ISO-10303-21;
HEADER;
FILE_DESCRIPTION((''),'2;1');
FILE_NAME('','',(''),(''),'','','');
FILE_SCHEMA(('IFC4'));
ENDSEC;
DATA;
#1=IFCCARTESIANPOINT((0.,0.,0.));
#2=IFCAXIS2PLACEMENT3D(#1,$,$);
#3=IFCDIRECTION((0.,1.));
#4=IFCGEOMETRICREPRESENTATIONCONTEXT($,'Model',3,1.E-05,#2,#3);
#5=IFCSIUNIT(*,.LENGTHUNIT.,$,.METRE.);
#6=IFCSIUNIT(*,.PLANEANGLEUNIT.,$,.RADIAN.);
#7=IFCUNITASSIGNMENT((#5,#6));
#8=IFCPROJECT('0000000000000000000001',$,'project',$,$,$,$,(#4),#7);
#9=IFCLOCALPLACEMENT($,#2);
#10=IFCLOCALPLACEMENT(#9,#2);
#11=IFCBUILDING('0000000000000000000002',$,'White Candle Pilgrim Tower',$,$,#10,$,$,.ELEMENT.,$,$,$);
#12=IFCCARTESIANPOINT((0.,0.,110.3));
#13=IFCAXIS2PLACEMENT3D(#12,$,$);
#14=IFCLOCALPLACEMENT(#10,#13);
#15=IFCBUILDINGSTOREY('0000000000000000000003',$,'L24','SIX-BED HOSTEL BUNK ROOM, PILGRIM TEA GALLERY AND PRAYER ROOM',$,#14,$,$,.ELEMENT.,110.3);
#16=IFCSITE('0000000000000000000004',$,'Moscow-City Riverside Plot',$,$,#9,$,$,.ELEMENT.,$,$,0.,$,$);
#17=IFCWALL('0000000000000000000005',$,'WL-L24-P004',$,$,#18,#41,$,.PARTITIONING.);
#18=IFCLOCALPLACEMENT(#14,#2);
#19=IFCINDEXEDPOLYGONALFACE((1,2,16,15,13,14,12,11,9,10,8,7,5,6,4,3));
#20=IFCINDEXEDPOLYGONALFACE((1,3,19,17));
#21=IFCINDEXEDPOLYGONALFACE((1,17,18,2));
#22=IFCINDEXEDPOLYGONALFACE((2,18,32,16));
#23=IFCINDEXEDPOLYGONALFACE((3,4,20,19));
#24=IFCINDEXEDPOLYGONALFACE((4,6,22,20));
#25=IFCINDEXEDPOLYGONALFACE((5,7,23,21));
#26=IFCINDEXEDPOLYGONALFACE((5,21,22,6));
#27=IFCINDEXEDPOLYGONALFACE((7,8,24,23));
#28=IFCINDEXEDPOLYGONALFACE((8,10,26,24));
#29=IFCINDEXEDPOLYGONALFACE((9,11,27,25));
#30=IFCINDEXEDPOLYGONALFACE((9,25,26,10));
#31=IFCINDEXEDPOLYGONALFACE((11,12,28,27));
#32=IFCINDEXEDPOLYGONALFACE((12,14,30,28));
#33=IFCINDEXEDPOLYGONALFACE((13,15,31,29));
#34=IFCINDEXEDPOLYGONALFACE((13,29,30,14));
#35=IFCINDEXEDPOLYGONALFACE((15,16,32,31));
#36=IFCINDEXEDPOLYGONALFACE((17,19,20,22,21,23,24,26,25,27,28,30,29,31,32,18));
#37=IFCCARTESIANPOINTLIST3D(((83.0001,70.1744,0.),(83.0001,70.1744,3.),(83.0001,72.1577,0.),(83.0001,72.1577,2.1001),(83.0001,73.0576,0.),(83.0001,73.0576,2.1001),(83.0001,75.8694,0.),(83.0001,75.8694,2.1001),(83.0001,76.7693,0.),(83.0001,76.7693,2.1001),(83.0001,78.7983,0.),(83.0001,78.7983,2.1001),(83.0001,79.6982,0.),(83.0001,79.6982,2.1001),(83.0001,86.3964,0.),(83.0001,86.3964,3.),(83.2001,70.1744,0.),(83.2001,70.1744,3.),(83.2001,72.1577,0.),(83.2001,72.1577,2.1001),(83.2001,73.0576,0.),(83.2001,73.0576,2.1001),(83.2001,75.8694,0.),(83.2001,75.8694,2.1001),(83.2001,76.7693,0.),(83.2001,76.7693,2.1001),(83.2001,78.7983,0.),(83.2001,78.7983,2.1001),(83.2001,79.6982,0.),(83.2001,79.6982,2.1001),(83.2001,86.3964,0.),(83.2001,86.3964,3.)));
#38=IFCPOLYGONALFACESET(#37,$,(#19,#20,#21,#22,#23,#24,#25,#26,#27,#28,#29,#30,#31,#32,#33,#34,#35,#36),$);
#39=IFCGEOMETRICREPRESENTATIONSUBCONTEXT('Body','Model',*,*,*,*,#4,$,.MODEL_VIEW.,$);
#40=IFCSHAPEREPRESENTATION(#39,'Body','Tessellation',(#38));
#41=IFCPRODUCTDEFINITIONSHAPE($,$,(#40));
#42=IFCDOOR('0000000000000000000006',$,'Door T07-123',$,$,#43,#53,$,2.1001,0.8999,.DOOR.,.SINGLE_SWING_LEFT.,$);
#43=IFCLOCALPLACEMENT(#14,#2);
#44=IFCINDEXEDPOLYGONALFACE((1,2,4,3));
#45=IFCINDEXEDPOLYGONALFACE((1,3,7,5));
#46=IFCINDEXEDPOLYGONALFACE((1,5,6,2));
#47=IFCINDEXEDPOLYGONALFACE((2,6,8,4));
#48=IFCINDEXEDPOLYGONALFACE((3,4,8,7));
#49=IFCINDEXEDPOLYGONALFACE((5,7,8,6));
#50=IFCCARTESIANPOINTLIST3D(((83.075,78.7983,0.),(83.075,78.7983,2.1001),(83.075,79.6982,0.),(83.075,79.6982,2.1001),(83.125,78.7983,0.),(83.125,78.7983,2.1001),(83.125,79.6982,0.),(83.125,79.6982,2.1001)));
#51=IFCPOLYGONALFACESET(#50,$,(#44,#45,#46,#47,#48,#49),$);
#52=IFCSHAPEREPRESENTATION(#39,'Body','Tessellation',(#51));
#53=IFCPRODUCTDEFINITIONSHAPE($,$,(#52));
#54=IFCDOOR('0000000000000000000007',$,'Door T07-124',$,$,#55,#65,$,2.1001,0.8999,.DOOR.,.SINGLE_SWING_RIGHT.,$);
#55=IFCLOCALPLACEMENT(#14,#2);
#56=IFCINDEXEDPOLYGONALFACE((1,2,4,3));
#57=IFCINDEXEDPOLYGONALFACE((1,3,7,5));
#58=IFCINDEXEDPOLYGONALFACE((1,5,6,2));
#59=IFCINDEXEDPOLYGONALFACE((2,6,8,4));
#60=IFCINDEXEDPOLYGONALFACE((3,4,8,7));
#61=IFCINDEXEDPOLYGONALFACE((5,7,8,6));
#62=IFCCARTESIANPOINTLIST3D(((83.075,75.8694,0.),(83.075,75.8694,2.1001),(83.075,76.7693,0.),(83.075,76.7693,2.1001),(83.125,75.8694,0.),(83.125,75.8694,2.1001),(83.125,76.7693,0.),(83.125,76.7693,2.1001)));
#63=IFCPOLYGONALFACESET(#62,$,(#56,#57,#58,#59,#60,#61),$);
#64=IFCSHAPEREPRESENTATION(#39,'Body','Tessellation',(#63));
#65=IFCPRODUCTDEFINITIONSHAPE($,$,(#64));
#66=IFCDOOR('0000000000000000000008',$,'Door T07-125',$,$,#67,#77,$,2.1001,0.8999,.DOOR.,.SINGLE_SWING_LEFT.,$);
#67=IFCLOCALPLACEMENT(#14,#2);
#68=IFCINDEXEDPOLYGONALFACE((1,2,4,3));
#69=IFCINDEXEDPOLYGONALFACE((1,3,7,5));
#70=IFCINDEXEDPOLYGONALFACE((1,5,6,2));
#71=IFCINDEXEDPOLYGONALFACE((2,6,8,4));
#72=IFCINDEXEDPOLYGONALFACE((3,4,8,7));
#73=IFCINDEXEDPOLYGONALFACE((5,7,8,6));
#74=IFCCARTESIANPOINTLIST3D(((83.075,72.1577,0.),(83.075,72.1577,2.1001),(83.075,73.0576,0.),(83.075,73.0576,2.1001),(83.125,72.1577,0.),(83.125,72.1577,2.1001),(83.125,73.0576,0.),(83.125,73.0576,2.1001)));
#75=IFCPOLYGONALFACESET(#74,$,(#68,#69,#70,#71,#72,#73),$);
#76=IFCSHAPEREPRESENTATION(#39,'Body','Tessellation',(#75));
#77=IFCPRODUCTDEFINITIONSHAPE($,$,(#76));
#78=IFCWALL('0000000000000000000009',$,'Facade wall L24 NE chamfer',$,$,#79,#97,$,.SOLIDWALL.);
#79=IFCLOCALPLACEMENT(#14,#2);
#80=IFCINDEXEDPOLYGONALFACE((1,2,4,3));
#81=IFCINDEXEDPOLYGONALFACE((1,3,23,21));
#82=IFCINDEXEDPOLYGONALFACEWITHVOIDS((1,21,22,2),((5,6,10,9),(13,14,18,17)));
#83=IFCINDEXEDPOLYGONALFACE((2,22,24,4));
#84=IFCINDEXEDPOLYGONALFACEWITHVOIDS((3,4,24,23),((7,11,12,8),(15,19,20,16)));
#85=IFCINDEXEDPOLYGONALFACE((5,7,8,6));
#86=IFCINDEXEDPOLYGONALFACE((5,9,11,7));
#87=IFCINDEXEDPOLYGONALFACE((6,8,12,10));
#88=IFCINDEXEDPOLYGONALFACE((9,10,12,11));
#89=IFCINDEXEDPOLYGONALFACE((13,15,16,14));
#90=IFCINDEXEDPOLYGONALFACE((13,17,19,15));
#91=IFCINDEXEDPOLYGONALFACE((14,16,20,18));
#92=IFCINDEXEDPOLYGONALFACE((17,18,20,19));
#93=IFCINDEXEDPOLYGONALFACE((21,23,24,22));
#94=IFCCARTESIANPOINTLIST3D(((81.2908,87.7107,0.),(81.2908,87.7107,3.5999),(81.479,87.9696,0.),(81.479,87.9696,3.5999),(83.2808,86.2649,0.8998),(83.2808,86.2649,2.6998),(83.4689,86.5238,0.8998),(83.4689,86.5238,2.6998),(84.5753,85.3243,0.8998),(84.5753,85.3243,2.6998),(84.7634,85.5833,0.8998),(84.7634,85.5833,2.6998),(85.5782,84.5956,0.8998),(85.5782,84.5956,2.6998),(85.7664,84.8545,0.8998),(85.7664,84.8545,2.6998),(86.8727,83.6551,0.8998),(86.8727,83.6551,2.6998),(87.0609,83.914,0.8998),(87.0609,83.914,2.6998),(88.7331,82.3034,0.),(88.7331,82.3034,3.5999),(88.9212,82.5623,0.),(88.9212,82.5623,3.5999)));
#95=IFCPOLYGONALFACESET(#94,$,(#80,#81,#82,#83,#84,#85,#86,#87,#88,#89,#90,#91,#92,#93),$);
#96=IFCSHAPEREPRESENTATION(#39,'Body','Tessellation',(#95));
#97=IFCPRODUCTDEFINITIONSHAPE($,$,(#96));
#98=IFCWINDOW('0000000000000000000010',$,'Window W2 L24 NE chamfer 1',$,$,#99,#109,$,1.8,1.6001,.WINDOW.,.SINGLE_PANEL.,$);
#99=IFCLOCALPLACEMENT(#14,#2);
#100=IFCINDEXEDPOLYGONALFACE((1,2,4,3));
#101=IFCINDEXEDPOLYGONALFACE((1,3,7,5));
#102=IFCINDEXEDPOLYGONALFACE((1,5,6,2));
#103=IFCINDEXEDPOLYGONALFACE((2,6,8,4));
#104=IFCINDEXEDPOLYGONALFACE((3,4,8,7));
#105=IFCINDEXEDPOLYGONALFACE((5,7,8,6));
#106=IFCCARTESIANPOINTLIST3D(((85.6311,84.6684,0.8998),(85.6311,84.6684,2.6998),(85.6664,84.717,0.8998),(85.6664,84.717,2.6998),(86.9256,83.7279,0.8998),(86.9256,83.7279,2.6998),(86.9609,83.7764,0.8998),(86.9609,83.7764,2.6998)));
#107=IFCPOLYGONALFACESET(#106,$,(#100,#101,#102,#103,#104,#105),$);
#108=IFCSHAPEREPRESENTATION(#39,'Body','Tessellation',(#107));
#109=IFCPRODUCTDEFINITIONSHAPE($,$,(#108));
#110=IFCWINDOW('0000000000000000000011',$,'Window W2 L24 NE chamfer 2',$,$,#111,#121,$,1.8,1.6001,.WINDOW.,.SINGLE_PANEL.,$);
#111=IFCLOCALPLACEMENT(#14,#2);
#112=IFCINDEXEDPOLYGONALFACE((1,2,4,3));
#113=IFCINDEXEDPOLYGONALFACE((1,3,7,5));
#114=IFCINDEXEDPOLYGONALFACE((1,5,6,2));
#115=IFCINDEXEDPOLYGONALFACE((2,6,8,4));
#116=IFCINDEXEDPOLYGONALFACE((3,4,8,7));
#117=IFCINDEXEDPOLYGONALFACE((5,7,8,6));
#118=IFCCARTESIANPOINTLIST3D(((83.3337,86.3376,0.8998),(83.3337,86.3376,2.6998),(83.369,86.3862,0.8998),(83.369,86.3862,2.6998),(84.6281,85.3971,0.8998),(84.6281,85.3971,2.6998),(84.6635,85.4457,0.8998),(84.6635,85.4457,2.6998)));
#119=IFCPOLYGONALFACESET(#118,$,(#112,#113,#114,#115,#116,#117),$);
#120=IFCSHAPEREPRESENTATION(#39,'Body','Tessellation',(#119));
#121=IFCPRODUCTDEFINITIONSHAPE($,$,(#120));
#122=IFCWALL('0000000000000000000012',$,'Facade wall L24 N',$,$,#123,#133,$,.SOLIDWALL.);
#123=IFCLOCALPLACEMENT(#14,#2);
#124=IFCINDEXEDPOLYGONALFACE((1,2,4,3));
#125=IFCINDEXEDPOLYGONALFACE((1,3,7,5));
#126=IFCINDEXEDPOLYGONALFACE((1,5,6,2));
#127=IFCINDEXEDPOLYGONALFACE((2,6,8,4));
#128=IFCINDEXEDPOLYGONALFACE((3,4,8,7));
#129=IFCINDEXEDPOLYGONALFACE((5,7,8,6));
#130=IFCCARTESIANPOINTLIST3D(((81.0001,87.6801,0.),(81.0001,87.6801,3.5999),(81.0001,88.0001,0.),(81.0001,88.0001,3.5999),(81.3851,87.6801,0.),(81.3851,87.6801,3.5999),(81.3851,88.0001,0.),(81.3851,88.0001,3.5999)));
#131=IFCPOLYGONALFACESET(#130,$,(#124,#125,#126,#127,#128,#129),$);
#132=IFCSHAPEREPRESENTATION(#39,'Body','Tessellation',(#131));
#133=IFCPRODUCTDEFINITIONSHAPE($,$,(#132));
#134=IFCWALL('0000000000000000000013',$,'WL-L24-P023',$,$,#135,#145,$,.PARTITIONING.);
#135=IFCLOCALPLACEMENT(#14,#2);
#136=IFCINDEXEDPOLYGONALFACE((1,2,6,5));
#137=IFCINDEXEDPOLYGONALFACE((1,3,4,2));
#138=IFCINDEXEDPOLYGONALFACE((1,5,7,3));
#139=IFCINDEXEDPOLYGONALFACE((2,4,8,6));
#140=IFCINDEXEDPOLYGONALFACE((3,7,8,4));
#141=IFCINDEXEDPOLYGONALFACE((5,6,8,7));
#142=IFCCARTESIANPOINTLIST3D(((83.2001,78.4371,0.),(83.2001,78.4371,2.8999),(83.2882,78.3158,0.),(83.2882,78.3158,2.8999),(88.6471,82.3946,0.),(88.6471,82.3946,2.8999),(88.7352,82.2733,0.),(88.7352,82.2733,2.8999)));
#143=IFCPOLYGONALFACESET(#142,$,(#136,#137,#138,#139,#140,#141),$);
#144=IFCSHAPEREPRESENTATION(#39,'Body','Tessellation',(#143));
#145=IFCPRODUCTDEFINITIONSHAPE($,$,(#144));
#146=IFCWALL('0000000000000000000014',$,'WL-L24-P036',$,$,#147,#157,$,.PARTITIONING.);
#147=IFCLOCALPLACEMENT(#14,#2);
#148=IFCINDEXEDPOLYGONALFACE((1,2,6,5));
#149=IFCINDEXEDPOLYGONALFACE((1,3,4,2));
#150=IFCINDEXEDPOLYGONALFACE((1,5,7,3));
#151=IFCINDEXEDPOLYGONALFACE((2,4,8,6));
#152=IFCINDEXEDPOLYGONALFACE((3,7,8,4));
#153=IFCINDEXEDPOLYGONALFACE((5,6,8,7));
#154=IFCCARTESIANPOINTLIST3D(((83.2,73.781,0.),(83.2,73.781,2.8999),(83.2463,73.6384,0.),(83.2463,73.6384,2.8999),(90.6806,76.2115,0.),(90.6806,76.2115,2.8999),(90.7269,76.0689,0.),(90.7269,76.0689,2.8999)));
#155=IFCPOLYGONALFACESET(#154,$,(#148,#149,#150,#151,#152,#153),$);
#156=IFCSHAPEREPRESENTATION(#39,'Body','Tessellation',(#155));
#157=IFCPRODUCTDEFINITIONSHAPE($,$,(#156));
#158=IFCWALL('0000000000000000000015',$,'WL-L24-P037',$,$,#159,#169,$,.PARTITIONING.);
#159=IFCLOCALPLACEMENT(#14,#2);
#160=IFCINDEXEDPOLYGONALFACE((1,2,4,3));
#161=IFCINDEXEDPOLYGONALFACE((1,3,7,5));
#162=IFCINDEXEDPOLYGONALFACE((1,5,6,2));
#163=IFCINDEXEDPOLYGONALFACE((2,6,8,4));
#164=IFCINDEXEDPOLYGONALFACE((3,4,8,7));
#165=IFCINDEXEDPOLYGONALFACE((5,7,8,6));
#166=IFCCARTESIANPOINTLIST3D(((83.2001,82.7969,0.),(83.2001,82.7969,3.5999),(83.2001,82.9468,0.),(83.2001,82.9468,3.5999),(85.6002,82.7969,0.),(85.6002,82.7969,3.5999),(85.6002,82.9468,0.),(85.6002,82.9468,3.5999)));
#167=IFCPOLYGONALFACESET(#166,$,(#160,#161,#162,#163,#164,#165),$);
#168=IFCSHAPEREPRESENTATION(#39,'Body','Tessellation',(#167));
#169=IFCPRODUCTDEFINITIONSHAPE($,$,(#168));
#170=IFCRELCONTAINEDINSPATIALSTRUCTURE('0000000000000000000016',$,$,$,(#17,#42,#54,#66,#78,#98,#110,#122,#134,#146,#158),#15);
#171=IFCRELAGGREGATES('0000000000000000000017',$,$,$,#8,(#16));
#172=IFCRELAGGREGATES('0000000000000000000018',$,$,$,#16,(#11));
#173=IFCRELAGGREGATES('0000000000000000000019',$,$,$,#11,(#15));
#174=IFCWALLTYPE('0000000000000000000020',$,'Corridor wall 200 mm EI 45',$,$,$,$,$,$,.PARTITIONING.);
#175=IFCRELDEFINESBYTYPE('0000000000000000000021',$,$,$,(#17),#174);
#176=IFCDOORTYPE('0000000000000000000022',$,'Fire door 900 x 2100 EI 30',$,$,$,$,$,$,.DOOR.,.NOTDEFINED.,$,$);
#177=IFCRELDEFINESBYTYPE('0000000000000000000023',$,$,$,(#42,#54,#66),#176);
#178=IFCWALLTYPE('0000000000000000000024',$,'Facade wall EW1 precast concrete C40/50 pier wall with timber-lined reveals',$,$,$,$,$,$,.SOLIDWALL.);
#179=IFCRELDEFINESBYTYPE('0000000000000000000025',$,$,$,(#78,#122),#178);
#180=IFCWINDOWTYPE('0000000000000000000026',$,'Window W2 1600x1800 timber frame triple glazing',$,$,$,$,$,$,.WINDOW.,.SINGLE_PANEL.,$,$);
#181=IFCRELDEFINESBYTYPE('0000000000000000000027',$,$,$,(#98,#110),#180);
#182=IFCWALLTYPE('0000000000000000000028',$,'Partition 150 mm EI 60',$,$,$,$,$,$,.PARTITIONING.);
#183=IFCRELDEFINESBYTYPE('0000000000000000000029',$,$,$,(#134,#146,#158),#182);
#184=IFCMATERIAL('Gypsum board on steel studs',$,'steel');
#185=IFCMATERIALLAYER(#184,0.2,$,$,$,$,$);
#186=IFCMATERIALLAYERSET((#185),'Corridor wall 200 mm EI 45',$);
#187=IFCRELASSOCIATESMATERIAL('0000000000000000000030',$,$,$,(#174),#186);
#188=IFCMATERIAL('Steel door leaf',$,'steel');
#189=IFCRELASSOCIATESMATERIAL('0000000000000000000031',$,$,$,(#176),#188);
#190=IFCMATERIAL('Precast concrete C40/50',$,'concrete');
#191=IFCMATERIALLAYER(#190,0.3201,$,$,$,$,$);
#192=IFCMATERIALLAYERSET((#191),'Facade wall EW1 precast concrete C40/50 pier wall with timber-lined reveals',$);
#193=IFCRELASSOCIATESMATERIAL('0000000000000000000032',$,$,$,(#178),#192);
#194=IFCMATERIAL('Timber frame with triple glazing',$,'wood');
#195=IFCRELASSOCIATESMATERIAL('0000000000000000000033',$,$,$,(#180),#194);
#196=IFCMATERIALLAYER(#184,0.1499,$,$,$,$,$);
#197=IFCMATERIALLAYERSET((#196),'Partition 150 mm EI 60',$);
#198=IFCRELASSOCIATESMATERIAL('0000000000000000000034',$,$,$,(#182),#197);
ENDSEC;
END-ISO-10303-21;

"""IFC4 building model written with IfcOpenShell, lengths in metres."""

from ifc_helpers import new_model, si_unit, direction, frame, frame_2d, origin, place, context, subcontext, project, spatial, rectangle, extrude, material, layer, layer_set, type_object, element, fill, save


model = new_model("IFC4")

# Units and contexts
model_context = context("Model", 3, precision=1e-05, world=origin(), true_north=direction((0.0, 1.0)))
body_context = subcontext(model_context, "Body", "Model", "MODEL_VIEW")
ifc_project = project(units=[si_unit("LENGTHUNIT", "METRE"), si_unit("PLANEANGLEUNIT", "RADIAN")], contexts=[model_context])

# Site, building, storey
site_placement = place(None, origin())
site = spatial("IfcSite", under=ifc_project, at=site_placement, Name="Moscow-City Riverside Plot", CompositionType="ELEMENT", RefElevation=0.0)
building_placement = place(site_placement, origin())
building = spatial("IfcBuilding", under=site, at=building_placement, Name="White Candle Pilgrim Tower", CompositionType="ELEMENT")
storey_placement = place(building_placement, frame((0.0, 0.0, 110.3)))
storey = spatial("IfcBuildingStorey", under=building, at=storey_placement, Name="L24", Description="SIX-BED HOSTEL BUNK ROOM, PILGRIM TEA GALLERY AND PRAYER ROOM", CompositionType="ELEMENT", Elevation=110.3)

# Shared definitions
ifc_material_1 = material(Name="Steel door leaf", Category="steel")

# Wall, openings, doors
ifc_material_2 = material(Name="Gypsum board on steel studs", Category="steel")
ifc_layer_1 = layer(ifc_material_2, 0.2)
ifc_layer_set_1 = layer_set([ifc_layer_1], Name="Corridor wall 200 mm EI 45")
wall_type_1 = type_object("IfcWallType", Name="Corridor wall 200 mm EI 45", PredefinedType="PARTITIONING", material=ifc_layer_set_1)
wall_1_placement = place(storey_placement, frame((83.1001, 86.3962, 0.0), z_axis=(0.0, 0.0, 1.0), x_axis=(0.0, -1.0, 0.0)))
wall_1 = element("IfcWall", 1, at=wall_1_placement, inside=storey, type_object=wall_type_1, Name="WL-L24-P004", PredefinedType="PARTITIONING", context=body_context, shape_type="SweptSolid", body=[
    extrude(rectangle(XDim=16.2219, YDim=0.2, at=frame_2d((8.1108, 0.0))), origin(), (0.0, 0.0, 1.0), 3.0),
])
opening_1_placement = place(wall_1_placement, frame((6.698, 0.0, 0.0)))
opening_1 = element("IfcOpeningElement", 2, at=opening_1_placement, cuts=wall_1, PredefinedType="OPENING", context=body_context, shape_type="SweptSolid", body=[
    extrude(rectangle(XDim=0.8999, YDim=2.1001, at=frame_2d((0.45, 1.05))), frame((0.0, 0.1099, 0.0), z_axis=(0.0, -1.0, 0.0), x_axis=(1.0, 0.0, 0.0)), (0.0, 0.0, 1.0), 0.22),
])
opening_2_placement = place(wall_1_placement, frame((9.627, 0.0, 0.0)))
opening_2 = element("IfcOpeningElement", 3, at=opening_2_placement, cuts=wall_1, PredefinedType="OPENING", context=body_context, shape_type="SweptSolid", body=[
    extrude(rectangle(XDim=0.8999, YDim=2.1001, at=frame_2d((0.45, 1.05))), frame((0.0, 0.1099, 0.0), z_axis=(0.0, -1.0, 0.0), x_axis=(1.0, 0.0, 0.0)), (0.0, 0.0, 1.0), 0.22),
])
opening_3_placement = place(wall_1_placement, frame((13.3386, 0.0, 0.0)))
opening_3 = element("IfcOpeningElement", 4, at=opening_3_placement, cuts=wall_1, PredefinedType="OPENING", context=body_context, shape_type="SweptSolid", body=[
    extrude(rectangle(XDim=0.8999, YDim=2.1001, at=frame_2d((0.45, 1.05))), frame((0.0, 0.1099, 0.0), z_axis=(0.0, -1.0, 0.0), x_axis=(1.0, 0.0, 0.0)), (0.0, 0.0, 1.0), 0.22),
])
door_type_1 = type_object("IfcDoorType", Name="Fire door 900 x 2100 EI 30", OperationType="NOTDEFINED", PredefinedType="DOOR", material=ifc_material_1)
door_1_placement = place(opening_1_placement, origin())
door_1 = element("IfcDoor", 5, at=door_1_placement, inside=storey, type_object=door_type_1, Name="Door T07-123", OperationType="SINGLE_SWING_LEFT", OverallHeight=2.1001, OverallWidth=0.8999, PredefinedType="DOOR", context=body_context, shape_type="SweptSolid", body=[
    extrude(rectangle(XDim=0.8999, YDim=2.1001, at=frame_2d((0.45, 1.05))), frame((0.0, 0.0249, 0.0), z_axis=(0.0, -1.0, 0.0), x_axis=(1.0, 0.0, 0.0)), (0.0, 0.0, 1.0), 0.05),
])
fill(opening_1, door_1)
door_2_placement = place(opening_2_placement, origin())
door_2 = element("IfcDoor", 6, at=door_2_placement, inside=storey, type_object=door_type_1, Name="Door T07-124", OperationType="SINGLE_SWING_RIGHT", OverallHeight=2.1001, OverallWidth=0.8999, PredefinedType="DOOR", context=body_context, shape_type="SweptSolid", body=[
    extrude(rectangle(XDim=0.8999, YDim=2.1001, at=frame_2d((0.45, 1.05))), frame((0.0, 0.0249, 0.0), z_axis=(0.0, -1.0, 0.0), x_axis=(1.0, 0.0, 0.0)), (0.0, 0.0, 1.0), 0.05),
])
fill(opening_2, door_2)
door_3_placement = place(opening_3_placement, origin())
door_3 = element("IfcDoor", 7, at=door_3_placement, inside=storey, type_object=door_type_1, Name="Door T07-125", OperationType="SINGLE_SWING_LEFT", OverallHeight=2.1001, OverallWidth=0.8999, PredefinedType="DOOR", context=body_context, shape_type="SweptSolid", body=[
    extrude(rectangle(XDim=0.8999, YDim=2.1001, at=frame_2d((0.45, 1.05))), frame((0.0, 0.0249, 0.0), z_axis=(0.0, -1.0, 0.0), x_axis=(1.0, 0.0, 0.0)), (0.0, 0.0, 1.0), 0.05),
])
fill(opening_3, door_3)

# Wall, openings, windows
ifc_material_3 = material(Name="Precast concrete C40/50", Category="concrete")
ifc_layer_2 = layer(ifc_material_3, 0.3201)
ifc_layer_set_2 = layer_set([ifc_layer_2], Name="Facade wall EW1 precast concrete C40/50 pier wall with timber-lined reveals")
wall_type_2 = type_object("IfcWallType", Name="Facade wall EW1 precast concrete C40/50 pier wall with timber-lined reveals", PredefinedType="SOLIDWALL", material=ifc_layer_set_2)
wall_2_placement = place(storey_placement, frame((88.8271, 82.4329, 0.0), z_axis=(0.0, 0.0, 1.0), x_axis=(-0.809007, 0.587799, 0.0)))
wall_2 = element("IfcWall", 8, at=wall_2_placement, inside=storey, type_object=wall_type_2, Name="Facade wall L24 NE chamfer", PredefinedType="SOLIDWALL", context=body_context, shape_type="SweptSolid", body=[
    extrude(rectangle(XDim=9.1992, YDim=0.3201, at=frame_2d((4.5996, 0.0))), origin(), (0.0, 0.0, 1.0), 3.5999),
])
opening_4_placement = place(wall_2_placement, frame((2.2996, 0.0, 0.8999)))
opening_4 = element("IfcOpeningElement", 9, at=opening_4_placement, cuts=wall_2, PredefinedType="OPENING", context=body_context, shape_type="SweptSolid", body=[
    extrude(rectangle(XDim=1.6001, YDim=1.8, at=frame_2d((0.8, 0.8999))), frame((0.0, 0.1699, 0.0), z_axis=(0.0, -1.0, 0.0), x_axis=(1.0, 0.0, 0.0)), (0.0, 0.0, 1.0), 0.3401),
])
opening_5_placement = place(wall_2_placement, frame((5.1394, 0.0, 0.8999)))
opening_5 = element("IfcOpeningElement", 10, at=opening_5_placement, cuts=wall_2, PredefinedType="OPENING", context=body_context, shape_type="SweptSolid", body=[
    extrude(rectangle(XDim=1.6001, YDim=1.8, at=frame_2d((0.8, 0.8999))), frame((0.0, 0.1699, 0.0), z_axis=(0.0, -1.0, 0.0), x_axis=(1.0, 0.0, 0.0)), (0.0, 0.0, 1.0), 0.3401),
])
ifc_material_4 = material(Name="Timber frame with triple glazing", Category="wood")
window_type = type_object("IfcWindowType", Name="Window W2 1600x1800 timber frame triple glazing", PartitioningType="SINGLE_PANEL", PredefinedType="WINDOW", material=ifc_material_4)
window_1_placement = place(opening_4_placement, origin())
window_1 = element("IfcWindow", 11, at=window_1_placement, inside=storey, type_object=window_type, Name="Window W2 L24 NE chamfer 1", OverallHeight=1.8, OverallWidth=1.6001, PartitioningType="SINGLE_PANEL", PredefinedType="WINDOW", context=body_context, shape_type="SweptSolid", body=[
    extrude(rectangle(XDim=1.6001, YDim=1.8, at=frame_2d((0.8, 0.8999))), frame((0.0, 0.0701, 0.0), z_axis=(0.0, -1.0, 0.0), x_axis=(1.0, 0.0, 0.0)), (0.0, 0.0, 1.0), 0.0601),
])
fill(opening_4, window_1)
window_2_placement = place(opening_5_placement, origin())
window_2 = element("IfcWindow", 12, at=window_2_placement, inside=storey, type_object=window_type, Name="Window W2 L24 NE chamfer 2", OverallHeight=1.8, OverallWidth=1.6001, PartitioningType="SINGLE_PANEL", PredefinedType="WINDOW", context=body_context, shape_type="SweptSolid", body=[
    extrude(rectangle(XDim=1.6001, YDim=1.8, at=frame_2d((0.8, 0.8999))), frame((0.0, 0.0701, 0.0), z_axis=(0.0, -1.0, 0.0), x_axis=(1.0, 0.0, 0.0)), (0.0, 0.0, 1.0), 0.0601),
])
fill(opening_5, window_2)

# Walls
wall_3_placement = place(storey_placement, frame((81.385, 87.8401, 0.0), z_axis=(0.0, 0.0, 1.0), x_axis=(-1.0, 0.0, 0.0)))
element("IfcWall", 13, at=wall_3_placement, inside=storey, type_object=wall_type_2, Name="Facade wall L24 N", PredefinedType="SOLIDWALL", context=body_context, shape_type="SweptSolid", body=[
    extrude(rectangle(XDim=0.385, YDim=0.3201, at=frame_2d((0.1924, 0.0))), origin(), (0.0, 0.0, 1.0), 3.5999),
])
ifc_layer_3 = layer(ifc_material_2, 0.1499)
ifc_layer_set_3 = layer_set([ifc_layer_3], Name="Partition 150 mm EI 60")
wall_type_3 = type_object("IfcWallType", Name="Partition 150 mm EI 60", PredefinedType="PARTITIONING", material=ifc_layer_set_3)
wall_4_placement = place(storey_placement, frame((88.6912, 82.334, 0.0), z_axis=(0.0, 0.0, 1.0), x_axis=(-0.809015, -0.587788, 0.0)))
element("IfcWall", 14, at=wall_4_placement, inside=storey, type_object=wall_type_3, Name="WL-L24-P023", PredefinedType="PARTITIONING", context=body_context, shape_type="SweptSolid", body=[
    extrude(rectangle(XDim=6.7329, YDim=0.1499, at=frame_2d((3.3665, 0.0))), origin(), (0.0, 0.0, 1.0), 2.8999),
])
wall_5_placement = place(storey_placement, frame((90.7036, 76.1401, 0.0), z_axis=(0.0, 0.0, 1.0), x_axis=(-0.951061, -0.309002, 0.0)))
element("IfcWall", 15, at=wall_5_placement, inside=storey, type_object=wall_type_3, Name="WL-L24-P036", PredefinedType="PARTITIONING", context=body_context, shape_type="SweptSolid", body=[
    extrude(rectangle(XDim=7.8655, YDim=0.1499, at=frame_2d((3.9326, 0.0))), origin(), (0.0, 0.0, 1.0), 2.8999),
])
wall_6_placement = place(storey_placement, frame((83.2, 82.8718, 0.0), z_axis=(0.0, 0.0, 1.0), x_axis=(1.0, 0.0, 0.0)))
element("IfcWall", 16, at=wall_6_placement, inside=storey, type_object=wall_type_3, Name="WL-L24-P037", PredefinedType="PARTITIONING", context=body_context, shape_type="SweptSolid", body=[
    extrude(rectangle(XDim=2.4001, YDim=0.1499, at=frame_2d((1.2002, 0.0))), origin(), (0.0, 0.0, 1.0), 3.5999),
])

save(model, "model.ifc")
